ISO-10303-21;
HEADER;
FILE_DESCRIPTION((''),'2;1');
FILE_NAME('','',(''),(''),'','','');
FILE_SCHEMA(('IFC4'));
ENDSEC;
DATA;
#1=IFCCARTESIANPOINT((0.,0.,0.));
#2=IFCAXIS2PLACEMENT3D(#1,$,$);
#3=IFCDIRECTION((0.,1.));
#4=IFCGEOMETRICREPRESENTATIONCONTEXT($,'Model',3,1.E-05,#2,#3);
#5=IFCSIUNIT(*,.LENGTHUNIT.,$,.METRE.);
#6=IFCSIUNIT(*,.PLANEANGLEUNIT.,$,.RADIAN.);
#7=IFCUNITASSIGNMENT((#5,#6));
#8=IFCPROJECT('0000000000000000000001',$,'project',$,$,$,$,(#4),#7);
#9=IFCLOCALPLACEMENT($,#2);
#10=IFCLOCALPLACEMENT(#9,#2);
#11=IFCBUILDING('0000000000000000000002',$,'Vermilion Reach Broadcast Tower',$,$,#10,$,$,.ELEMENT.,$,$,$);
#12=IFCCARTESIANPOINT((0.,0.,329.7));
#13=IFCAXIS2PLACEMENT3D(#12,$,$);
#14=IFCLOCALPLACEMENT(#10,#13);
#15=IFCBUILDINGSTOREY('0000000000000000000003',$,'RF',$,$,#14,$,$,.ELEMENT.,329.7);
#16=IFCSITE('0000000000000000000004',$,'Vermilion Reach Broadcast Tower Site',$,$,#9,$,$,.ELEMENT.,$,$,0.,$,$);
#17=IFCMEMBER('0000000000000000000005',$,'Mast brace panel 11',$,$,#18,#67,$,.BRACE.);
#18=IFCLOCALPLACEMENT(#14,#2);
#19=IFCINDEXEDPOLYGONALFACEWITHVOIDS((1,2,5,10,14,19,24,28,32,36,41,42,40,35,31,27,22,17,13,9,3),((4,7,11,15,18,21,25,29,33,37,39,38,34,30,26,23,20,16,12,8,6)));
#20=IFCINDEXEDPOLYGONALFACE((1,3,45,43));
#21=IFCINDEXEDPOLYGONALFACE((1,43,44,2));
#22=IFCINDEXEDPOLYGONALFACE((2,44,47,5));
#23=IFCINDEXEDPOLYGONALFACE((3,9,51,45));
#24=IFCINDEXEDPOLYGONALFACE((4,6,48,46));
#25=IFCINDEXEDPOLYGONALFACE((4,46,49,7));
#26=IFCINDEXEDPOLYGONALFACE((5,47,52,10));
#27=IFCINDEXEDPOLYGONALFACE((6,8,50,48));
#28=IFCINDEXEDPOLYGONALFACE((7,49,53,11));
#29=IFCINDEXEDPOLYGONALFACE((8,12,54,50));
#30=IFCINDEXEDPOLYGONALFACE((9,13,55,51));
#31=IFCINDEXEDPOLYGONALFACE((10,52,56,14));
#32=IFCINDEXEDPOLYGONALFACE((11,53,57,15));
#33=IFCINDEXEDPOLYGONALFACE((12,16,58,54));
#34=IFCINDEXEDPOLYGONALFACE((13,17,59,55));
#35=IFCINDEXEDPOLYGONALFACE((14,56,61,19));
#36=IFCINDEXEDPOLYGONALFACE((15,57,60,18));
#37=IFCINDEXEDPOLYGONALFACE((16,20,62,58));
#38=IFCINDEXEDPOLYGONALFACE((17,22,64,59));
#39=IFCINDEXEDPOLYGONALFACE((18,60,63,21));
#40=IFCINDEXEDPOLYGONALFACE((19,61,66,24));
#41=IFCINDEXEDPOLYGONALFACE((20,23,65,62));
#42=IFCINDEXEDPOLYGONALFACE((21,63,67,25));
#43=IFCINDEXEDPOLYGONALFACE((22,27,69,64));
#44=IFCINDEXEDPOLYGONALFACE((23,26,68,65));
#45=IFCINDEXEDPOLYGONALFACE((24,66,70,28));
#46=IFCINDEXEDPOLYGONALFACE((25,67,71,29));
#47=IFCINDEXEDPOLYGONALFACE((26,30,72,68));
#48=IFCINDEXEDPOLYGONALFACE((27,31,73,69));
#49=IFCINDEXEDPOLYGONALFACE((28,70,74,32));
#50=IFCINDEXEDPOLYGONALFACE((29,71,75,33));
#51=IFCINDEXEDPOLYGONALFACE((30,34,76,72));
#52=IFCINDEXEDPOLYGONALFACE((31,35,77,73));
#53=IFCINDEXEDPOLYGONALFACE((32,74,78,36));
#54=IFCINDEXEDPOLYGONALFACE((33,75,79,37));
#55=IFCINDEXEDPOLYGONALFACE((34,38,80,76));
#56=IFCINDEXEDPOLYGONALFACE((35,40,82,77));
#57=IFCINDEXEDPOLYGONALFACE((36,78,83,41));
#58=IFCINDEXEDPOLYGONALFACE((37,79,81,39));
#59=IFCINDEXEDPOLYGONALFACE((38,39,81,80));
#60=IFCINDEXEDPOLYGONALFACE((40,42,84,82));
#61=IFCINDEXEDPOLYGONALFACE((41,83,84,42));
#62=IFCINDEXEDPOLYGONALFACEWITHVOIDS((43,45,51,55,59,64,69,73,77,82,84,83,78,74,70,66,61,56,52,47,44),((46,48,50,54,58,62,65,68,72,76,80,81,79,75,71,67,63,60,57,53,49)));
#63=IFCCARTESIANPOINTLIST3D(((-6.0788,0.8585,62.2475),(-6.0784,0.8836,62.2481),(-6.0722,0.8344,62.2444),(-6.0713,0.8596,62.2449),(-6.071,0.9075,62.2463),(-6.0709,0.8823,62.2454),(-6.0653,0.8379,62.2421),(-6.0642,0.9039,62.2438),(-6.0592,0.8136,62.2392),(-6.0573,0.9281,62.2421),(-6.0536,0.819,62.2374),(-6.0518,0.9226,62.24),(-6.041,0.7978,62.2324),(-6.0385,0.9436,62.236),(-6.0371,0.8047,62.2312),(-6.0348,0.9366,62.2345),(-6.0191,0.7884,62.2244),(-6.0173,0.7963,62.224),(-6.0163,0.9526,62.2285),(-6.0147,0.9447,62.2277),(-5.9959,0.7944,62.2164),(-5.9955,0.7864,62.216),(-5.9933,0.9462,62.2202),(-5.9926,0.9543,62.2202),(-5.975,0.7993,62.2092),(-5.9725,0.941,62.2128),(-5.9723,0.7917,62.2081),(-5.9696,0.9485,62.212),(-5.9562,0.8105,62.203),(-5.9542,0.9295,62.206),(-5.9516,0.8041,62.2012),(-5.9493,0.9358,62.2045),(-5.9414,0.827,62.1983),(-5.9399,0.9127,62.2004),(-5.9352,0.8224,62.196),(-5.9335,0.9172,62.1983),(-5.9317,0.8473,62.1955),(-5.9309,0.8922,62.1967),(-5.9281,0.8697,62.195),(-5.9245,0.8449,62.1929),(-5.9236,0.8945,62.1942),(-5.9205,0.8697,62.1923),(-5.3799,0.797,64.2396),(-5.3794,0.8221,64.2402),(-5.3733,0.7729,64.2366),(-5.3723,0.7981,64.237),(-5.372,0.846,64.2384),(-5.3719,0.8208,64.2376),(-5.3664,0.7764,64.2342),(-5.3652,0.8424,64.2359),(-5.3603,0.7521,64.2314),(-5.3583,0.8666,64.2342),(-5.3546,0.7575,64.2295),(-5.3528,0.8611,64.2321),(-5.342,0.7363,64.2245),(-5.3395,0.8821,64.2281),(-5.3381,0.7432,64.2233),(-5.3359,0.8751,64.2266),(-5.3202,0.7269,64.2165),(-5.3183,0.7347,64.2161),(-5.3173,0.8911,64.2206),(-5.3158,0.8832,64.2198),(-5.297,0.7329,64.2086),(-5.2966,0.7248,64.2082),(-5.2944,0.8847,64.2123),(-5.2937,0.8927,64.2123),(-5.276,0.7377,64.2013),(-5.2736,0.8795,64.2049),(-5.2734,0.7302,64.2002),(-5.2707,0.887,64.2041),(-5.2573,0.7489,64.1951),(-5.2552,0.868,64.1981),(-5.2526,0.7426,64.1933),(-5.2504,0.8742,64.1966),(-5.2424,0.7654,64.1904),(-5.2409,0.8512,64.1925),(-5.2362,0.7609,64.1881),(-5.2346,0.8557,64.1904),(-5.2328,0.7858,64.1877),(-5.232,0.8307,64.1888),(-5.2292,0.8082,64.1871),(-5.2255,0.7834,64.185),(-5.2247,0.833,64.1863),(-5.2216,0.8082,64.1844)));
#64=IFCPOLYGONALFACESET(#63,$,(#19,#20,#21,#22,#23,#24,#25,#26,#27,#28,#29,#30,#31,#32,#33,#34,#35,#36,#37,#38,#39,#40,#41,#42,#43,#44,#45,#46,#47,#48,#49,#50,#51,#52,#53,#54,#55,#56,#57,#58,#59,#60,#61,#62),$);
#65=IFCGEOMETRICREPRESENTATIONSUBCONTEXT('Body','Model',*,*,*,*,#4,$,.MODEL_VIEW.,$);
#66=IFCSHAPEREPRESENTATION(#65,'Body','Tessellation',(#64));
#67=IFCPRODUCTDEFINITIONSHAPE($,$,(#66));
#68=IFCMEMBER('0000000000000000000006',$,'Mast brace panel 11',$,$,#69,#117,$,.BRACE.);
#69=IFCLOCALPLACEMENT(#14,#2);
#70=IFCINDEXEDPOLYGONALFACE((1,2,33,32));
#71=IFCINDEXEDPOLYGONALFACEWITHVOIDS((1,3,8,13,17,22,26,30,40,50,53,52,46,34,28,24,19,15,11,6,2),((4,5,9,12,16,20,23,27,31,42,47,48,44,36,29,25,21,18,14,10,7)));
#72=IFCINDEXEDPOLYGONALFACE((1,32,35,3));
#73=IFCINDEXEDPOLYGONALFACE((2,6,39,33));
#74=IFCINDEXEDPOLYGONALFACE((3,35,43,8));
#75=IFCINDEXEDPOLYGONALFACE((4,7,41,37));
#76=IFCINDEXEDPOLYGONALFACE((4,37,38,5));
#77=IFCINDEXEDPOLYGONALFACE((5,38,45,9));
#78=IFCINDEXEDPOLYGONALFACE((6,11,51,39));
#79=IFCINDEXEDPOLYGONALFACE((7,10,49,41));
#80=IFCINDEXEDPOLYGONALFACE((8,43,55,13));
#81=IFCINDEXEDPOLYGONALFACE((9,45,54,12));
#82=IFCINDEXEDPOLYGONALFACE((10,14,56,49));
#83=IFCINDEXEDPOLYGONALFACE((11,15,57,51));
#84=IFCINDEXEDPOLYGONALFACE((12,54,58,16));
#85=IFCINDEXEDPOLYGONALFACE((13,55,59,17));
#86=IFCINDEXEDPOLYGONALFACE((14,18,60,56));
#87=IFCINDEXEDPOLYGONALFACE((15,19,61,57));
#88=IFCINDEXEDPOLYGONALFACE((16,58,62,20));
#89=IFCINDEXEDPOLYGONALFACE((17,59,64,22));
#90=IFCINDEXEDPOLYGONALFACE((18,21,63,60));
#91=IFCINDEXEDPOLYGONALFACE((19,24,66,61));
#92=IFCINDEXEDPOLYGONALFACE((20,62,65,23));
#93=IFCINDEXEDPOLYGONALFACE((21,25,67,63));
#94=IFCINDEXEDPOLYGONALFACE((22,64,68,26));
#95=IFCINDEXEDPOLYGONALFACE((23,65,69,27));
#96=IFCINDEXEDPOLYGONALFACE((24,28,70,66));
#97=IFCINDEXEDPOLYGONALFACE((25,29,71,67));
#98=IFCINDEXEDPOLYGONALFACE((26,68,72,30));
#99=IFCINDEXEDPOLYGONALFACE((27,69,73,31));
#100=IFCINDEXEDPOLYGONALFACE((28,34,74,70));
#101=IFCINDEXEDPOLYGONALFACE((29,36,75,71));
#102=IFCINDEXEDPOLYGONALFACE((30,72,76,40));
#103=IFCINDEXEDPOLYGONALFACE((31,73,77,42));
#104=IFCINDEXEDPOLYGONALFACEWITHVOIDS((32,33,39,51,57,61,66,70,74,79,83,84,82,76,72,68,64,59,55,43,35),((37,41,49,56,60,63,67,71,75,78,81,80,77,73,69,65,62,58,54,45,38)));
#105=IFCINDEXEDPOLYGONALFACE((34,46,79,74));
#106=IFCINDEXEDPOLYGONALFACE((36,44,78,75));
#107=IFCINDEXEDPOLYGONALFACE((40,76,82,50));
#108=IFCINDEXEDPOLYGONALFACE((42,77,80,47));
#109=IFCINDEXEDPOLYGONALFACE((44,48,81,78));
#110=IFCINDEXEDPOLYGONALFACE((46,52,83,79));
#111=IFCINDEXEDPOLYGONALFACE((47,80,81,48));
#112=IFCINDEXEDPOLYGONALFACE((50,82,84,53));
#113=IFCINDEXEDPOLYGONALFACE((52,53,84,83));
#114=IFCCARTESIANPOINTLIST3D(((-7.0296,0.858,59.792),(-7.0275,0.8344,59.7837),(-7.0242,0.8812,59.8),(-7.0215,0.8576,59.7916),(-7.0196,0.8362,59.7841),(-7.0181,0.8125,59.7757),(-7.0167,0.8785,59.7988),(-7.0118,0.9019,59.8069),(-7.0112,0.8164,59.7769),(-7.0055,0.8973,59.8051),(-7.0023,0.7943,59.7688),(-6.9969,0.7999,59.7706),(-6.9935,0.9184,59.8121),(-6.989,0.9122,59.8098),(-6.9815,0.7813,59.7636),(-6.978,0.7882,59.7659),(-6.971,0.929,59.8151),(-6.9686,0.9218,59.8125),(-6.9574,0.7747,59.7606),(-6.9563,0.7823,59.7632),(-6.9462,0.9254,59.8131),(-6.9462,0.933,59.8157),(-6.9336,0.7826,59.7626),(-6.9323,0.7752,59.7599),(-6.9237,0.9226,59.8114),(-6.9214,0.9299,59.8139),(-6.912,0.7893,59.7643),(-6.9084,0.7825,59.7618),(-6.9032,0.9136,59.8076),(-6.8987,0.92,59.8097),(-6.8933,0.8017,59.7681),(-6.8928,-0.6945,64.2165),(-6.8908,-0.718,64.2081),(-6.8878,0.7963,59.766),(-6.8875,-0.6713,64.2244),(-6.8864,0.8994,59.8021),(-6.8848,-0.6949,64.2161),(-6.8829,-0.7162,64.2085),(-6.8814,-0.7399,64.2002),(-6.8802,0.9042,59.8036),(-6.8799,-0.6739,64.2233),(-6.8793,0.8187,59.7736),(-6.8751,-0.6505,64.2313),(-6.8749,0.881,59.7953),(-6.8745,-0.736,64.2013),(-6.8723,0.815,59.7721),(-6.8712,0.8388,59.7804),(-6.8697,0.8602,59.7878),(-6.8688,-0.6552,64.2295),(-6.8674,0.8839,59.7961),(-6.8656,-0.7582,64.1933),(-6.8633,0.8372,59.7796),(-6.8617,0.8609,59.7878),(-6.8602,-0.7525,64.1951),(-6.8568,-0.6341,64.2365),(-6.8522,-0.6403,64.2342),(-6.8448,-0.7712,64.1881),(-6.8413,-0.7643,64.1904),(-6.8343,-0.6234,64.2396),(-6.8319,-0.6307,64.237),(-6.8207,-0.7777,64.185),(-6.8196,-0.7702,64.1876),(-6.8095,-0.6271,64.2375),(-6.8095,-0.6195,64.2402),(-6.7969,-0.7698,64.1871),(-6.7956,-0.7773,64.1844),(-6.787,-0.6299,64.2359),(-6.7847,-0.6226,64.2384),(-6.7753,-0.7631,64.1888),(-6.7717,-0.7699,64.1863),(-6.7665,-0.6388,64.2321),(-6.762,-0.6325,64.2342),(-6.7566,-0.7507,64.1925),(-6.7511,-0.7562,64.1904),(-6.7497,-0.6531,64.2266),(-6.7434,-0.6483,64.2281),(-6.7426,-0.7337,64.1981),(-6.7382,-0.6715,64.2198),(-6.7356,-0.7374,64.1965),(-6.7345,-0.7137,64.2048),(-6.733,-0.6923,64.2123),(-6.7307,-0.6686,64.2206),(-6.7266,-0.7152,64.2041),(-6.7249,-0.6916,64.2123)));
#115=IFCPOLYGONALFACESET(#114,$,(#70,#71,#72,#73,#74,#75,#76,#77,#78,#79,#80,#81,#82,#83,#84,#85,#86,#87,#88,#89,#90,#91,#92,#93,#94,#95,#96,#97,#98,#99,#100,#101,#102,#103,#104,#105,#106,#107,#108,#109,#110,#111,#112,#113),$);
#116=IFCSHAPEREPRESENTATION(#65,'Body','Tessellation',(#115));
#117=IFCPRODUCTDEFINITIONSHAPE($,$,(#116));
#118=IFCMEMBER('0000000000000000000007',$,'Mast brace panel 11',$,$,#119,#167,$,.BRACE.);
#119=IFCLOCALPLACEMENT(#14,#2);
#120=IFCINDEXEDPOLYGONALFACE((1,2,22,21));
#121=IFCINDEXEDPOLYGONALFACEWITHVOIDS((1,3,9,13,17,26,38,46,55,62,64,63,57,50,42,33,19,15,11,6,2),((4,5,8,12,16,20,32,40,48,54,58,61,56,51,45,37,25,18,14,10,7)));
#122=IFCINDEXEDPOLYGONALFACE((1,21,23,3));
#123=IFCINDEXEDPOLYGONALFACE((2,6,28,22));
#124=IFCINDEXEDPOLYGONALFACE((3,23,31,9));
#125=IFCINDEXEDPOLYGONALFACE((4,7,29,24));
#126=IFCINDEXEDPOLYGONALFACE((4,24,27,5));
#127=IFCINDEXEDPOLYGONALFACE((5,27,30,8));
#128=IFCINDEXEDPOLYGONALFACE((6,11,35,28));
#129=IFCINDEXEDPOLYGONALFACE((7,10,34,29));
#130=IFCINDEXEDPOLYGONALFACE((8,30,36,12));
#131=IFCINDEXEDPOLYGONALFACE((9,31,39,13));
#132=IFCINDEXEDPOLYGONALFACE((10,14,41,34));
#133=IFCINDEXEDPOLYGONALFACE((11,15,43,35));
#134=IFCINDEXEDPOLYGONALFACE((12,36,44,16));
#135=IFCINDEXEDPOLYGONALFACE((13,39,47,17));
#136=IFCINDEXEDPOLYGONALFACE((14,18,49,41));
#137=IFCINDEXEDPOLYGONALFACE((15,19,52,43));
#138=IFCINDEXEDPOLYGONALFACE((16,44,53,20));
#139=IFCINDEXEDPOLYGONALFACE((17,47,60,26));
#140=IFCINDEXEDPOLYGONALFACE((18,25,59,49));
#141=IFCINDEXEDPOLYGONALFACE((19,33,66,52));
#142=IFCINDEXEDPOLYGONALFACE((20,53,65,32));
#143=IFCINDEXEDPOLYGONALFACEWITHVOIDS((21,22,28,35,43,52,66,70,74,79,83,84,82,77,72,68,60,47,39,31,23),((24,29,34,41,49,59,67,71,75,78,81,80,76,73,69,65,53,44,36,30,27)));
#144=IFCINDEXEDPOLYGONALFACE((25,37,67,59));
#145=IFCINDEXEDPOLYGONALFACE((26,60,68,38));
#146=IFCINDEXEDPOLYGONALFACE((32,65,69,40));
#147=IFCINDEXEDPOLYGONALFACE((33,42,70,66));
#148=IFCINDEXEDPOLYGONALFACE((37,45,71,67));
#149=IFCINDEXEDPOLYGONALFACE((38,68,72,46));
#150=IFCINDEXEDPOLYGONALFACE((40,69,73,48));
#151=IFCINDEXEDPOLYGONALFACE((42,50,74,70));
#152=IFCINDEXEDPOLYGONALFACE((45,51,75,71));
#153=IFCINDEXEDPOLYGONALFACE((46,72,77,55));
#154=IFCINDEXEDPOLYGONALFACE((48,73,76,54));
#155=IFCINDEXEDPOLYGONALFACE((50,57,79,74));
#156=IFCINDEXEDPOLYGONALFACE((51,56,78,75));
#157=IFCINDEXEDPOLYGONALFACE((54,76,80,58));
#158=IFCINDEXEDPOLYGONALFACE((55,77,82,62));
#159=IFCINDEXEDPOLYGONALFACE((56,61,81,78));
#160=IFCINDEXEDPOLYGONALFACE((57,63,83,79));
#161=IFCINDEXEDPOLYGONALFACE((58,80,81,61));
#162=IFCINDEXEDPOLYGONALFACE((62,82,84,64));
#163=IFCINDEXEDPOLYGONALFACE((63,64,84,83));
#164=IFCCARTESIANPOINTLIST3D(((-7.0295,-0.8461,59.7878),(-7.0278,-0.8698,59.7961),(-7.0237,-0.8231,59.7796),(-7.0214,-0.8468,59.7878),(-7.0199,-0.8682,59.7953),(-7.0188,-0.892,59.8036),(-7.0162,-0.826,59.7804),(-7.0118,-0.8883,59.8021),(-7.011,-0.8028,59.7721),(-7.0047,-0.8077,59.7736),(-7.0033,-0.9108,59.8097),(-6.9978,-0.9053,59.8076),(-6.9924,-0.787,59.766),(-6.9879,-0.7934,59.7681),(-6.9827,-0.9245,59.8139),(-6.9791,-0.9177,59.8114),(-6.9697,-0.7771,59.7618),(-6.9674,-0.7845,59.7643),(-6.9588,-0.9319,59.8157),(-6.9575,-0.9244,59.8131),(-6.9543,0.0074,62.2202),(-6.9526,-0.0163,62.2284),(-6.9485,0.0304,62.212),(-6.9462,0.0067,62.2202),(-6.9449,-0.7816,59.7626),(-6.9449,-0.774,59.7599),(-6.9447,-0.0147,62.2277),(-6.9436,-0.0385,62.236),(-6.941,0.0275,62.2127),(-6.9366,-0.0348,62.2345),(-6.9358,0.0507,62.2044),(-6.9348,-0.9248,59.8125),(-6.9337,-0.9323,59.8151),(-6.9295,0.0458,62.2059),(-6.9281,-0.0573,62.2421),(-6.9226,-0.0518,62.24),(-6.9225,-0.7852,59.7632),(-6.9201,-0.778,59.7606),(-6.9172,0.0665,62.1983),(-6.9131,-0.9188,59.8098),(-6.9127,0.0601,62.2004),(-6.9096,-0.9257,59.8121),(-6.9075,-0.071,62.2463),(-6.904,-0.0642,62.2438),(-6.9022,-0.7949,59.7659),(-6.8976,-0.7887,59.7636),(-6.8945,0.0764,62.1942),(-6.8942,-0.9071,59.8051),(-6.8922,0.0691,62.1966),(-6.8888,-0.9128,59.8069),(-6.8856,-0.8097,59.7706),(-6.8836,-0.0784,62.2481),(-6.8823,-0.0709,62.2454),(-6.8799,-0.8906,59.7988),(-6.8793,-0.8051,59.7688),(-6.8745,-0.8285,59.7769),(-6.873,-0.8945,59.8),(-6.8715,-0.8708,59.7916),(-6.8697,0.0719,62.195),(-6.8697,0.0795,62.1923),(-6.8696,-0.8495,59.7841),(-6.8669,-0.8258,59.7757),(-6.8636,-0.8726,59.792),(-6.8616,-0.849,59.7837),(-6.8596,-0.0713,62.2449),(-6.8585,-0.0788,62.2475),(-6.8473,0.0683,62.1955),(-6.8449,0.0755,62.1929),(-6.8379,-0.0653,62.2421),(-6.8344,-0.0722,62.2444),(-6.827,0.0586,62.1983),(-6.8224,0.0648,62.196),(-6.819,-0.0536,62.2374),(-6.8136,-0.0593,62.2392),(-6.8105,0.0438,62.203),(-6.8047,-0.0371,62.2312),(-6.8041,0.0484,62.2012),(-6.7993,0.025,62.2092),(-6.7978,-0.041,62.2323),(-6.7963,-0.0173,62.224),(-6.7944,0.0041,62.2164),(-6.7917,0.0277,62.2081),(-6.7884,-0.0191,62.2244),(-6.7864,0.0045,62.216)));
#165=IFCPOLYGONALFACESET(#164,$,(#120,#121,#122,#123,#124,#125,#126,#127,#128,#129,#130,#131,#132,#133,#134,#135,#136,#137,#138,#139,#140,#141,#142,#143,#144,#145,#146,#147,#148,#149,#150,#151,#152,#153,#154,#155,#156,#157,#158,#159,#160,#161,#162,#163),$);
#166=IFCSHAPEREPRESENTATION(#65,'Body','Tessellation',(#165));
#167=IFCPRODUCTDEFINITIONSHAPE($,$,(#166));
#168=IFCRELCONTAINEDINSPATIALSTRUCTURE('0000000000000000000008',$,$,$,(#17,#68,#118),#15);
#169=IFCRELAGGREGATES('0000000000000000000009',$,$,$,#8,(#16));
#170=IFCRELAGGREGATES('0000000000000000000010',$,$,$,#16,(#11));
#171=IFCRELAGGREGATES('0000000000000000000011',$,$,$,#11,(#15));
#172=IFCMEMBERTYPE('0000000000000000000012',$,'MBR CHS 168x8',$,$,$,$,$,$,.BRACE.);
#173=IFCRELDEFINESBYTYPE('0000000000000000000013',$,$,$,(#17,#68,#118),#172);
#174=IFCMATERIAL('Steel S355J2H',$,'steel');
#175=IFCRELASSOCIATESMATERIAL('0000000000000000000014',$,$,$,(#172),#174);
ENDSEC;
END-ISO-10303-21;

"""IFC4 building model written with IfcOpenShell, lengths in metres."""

from ifc_helpers import new_model, si_unit, direction, frame, origin, origin_2d, place, context, subcontext, project, spatial, hollow_circle, extrude, material, material_profile, profile_set, type_object, element, save


model = new_model("IFC4")

# Units and contexts
model_context = context("Model", 3, precision=1e-05, world=origin(), true_north=direction((0.0, 1.0)))
body_context = subcontext(model_context, "Body", "Model", "MODEL_VIEW")
ifc_project = project(units=[si_unit("LENGTHUNIT", "METRE"), si_unit("PLANEANGLEUNIT", "RADIAN")], contexts=[model_context])

# Site, building, storey
site_placement = place(None, origin())
site = spatial("IfcSite", under=ifc_project, at=site_placement, Name="Vermilion Reach Broadcast Tower Site", CompositionType="ELEMENT", RefElevation=0.0)
building_placement = place(site_placement, origin())
building = spatial("IfcBuilding", under=site, at=building_placement, Name="Vermilion Reach Broadcast Tower", CompositionType="ELEMENT")
storey_placement = place(building_placement, frame((0.0, 0.0, 329.7)))
storey = spatial("IfcBuildingStorey", under=building, at=storey_placement, Name="RF", CompositionType="ELEMENT", Elevation=329.7)

# Members
ifc_material_1 = material(Name="Steel S355J2H", Category="steel")
ifc_material_profile_1 = material_profile(ifc_material_1, hollow_circle(Radius=0.0842, WallThickness=0.0081, at=origin_2d()), Name="S355J2H CHS 168x8")
ifc_profile_set_1 = profile_set([ifc_material_profile_1], Name="Steel S355J2H")
member_type_1 = type_object("IfcMemberType", Name="MBR CHS 168x8", PredefinedType="BRACE", material=ifc_profile_set_1)
member_1_placement = place(storey_placement, frame((-6.0, 0.8704, 62.2202), z_axis=(0.330931, -0.029128, 0.943205), x_axis=(0.087681, 0.996149, 0.0)))
element("IfcMember", 1, at=member_1_placement, inside=storey, type_object=member_type_1, Name="Mast brace panel 11", PredefinedType="BRACE", context=body_context, shape_type="SweptSolid", body=[
    extrude(hollow_circle(Radius=0.0842, WallThickness=0.0081, at=origin_2d()), origin(), (0.0, 0.0, 1.0), 2.1121),
])
member_2_placement = place(storey_placement, frame((-6.9456, 0.8535, 59.7878), z_axis=(0.029145, -0.33095, 0.943198), x_axis=(0.996145, 0.087725, 0.0)))
element("IfcMember", 2, at=member_2_placement, inside=storey, type_object=member_type_1, Name="Mast brace panel 11", PredefinedType="BRACE", context=body_context, shape_type="SweptSolid", body=[
    extrude(hollow_circle(Radius=0.0842, WallThickness=0.0081, at=origin_2d()), origin(), (0.0, 0.0, 1.0), 4.6909),
])
member_3_placement = place(storey_placement, frame((-6.9456, -0.8535, 59.7878), z_axis=(0.029158, 0.330965, 0.943193), x_axis=(-0.996142, 0.087761, 0.0)))
element("IfcMember", 3, at=member_3_placement, inside=storey, type_object=member_type_1, Name="Mast brace panel 11", PredefinedType="BRACE", context=body_context, shape_type="SweptSolid", body=[
    extrude(hollow_circle(Radius=0.0842, WallThickness=0.0081, at=origin_2d()), origin(), (0.0, 0.0, 1.0), 2.5789),
])

save(model, "model.ifc")
